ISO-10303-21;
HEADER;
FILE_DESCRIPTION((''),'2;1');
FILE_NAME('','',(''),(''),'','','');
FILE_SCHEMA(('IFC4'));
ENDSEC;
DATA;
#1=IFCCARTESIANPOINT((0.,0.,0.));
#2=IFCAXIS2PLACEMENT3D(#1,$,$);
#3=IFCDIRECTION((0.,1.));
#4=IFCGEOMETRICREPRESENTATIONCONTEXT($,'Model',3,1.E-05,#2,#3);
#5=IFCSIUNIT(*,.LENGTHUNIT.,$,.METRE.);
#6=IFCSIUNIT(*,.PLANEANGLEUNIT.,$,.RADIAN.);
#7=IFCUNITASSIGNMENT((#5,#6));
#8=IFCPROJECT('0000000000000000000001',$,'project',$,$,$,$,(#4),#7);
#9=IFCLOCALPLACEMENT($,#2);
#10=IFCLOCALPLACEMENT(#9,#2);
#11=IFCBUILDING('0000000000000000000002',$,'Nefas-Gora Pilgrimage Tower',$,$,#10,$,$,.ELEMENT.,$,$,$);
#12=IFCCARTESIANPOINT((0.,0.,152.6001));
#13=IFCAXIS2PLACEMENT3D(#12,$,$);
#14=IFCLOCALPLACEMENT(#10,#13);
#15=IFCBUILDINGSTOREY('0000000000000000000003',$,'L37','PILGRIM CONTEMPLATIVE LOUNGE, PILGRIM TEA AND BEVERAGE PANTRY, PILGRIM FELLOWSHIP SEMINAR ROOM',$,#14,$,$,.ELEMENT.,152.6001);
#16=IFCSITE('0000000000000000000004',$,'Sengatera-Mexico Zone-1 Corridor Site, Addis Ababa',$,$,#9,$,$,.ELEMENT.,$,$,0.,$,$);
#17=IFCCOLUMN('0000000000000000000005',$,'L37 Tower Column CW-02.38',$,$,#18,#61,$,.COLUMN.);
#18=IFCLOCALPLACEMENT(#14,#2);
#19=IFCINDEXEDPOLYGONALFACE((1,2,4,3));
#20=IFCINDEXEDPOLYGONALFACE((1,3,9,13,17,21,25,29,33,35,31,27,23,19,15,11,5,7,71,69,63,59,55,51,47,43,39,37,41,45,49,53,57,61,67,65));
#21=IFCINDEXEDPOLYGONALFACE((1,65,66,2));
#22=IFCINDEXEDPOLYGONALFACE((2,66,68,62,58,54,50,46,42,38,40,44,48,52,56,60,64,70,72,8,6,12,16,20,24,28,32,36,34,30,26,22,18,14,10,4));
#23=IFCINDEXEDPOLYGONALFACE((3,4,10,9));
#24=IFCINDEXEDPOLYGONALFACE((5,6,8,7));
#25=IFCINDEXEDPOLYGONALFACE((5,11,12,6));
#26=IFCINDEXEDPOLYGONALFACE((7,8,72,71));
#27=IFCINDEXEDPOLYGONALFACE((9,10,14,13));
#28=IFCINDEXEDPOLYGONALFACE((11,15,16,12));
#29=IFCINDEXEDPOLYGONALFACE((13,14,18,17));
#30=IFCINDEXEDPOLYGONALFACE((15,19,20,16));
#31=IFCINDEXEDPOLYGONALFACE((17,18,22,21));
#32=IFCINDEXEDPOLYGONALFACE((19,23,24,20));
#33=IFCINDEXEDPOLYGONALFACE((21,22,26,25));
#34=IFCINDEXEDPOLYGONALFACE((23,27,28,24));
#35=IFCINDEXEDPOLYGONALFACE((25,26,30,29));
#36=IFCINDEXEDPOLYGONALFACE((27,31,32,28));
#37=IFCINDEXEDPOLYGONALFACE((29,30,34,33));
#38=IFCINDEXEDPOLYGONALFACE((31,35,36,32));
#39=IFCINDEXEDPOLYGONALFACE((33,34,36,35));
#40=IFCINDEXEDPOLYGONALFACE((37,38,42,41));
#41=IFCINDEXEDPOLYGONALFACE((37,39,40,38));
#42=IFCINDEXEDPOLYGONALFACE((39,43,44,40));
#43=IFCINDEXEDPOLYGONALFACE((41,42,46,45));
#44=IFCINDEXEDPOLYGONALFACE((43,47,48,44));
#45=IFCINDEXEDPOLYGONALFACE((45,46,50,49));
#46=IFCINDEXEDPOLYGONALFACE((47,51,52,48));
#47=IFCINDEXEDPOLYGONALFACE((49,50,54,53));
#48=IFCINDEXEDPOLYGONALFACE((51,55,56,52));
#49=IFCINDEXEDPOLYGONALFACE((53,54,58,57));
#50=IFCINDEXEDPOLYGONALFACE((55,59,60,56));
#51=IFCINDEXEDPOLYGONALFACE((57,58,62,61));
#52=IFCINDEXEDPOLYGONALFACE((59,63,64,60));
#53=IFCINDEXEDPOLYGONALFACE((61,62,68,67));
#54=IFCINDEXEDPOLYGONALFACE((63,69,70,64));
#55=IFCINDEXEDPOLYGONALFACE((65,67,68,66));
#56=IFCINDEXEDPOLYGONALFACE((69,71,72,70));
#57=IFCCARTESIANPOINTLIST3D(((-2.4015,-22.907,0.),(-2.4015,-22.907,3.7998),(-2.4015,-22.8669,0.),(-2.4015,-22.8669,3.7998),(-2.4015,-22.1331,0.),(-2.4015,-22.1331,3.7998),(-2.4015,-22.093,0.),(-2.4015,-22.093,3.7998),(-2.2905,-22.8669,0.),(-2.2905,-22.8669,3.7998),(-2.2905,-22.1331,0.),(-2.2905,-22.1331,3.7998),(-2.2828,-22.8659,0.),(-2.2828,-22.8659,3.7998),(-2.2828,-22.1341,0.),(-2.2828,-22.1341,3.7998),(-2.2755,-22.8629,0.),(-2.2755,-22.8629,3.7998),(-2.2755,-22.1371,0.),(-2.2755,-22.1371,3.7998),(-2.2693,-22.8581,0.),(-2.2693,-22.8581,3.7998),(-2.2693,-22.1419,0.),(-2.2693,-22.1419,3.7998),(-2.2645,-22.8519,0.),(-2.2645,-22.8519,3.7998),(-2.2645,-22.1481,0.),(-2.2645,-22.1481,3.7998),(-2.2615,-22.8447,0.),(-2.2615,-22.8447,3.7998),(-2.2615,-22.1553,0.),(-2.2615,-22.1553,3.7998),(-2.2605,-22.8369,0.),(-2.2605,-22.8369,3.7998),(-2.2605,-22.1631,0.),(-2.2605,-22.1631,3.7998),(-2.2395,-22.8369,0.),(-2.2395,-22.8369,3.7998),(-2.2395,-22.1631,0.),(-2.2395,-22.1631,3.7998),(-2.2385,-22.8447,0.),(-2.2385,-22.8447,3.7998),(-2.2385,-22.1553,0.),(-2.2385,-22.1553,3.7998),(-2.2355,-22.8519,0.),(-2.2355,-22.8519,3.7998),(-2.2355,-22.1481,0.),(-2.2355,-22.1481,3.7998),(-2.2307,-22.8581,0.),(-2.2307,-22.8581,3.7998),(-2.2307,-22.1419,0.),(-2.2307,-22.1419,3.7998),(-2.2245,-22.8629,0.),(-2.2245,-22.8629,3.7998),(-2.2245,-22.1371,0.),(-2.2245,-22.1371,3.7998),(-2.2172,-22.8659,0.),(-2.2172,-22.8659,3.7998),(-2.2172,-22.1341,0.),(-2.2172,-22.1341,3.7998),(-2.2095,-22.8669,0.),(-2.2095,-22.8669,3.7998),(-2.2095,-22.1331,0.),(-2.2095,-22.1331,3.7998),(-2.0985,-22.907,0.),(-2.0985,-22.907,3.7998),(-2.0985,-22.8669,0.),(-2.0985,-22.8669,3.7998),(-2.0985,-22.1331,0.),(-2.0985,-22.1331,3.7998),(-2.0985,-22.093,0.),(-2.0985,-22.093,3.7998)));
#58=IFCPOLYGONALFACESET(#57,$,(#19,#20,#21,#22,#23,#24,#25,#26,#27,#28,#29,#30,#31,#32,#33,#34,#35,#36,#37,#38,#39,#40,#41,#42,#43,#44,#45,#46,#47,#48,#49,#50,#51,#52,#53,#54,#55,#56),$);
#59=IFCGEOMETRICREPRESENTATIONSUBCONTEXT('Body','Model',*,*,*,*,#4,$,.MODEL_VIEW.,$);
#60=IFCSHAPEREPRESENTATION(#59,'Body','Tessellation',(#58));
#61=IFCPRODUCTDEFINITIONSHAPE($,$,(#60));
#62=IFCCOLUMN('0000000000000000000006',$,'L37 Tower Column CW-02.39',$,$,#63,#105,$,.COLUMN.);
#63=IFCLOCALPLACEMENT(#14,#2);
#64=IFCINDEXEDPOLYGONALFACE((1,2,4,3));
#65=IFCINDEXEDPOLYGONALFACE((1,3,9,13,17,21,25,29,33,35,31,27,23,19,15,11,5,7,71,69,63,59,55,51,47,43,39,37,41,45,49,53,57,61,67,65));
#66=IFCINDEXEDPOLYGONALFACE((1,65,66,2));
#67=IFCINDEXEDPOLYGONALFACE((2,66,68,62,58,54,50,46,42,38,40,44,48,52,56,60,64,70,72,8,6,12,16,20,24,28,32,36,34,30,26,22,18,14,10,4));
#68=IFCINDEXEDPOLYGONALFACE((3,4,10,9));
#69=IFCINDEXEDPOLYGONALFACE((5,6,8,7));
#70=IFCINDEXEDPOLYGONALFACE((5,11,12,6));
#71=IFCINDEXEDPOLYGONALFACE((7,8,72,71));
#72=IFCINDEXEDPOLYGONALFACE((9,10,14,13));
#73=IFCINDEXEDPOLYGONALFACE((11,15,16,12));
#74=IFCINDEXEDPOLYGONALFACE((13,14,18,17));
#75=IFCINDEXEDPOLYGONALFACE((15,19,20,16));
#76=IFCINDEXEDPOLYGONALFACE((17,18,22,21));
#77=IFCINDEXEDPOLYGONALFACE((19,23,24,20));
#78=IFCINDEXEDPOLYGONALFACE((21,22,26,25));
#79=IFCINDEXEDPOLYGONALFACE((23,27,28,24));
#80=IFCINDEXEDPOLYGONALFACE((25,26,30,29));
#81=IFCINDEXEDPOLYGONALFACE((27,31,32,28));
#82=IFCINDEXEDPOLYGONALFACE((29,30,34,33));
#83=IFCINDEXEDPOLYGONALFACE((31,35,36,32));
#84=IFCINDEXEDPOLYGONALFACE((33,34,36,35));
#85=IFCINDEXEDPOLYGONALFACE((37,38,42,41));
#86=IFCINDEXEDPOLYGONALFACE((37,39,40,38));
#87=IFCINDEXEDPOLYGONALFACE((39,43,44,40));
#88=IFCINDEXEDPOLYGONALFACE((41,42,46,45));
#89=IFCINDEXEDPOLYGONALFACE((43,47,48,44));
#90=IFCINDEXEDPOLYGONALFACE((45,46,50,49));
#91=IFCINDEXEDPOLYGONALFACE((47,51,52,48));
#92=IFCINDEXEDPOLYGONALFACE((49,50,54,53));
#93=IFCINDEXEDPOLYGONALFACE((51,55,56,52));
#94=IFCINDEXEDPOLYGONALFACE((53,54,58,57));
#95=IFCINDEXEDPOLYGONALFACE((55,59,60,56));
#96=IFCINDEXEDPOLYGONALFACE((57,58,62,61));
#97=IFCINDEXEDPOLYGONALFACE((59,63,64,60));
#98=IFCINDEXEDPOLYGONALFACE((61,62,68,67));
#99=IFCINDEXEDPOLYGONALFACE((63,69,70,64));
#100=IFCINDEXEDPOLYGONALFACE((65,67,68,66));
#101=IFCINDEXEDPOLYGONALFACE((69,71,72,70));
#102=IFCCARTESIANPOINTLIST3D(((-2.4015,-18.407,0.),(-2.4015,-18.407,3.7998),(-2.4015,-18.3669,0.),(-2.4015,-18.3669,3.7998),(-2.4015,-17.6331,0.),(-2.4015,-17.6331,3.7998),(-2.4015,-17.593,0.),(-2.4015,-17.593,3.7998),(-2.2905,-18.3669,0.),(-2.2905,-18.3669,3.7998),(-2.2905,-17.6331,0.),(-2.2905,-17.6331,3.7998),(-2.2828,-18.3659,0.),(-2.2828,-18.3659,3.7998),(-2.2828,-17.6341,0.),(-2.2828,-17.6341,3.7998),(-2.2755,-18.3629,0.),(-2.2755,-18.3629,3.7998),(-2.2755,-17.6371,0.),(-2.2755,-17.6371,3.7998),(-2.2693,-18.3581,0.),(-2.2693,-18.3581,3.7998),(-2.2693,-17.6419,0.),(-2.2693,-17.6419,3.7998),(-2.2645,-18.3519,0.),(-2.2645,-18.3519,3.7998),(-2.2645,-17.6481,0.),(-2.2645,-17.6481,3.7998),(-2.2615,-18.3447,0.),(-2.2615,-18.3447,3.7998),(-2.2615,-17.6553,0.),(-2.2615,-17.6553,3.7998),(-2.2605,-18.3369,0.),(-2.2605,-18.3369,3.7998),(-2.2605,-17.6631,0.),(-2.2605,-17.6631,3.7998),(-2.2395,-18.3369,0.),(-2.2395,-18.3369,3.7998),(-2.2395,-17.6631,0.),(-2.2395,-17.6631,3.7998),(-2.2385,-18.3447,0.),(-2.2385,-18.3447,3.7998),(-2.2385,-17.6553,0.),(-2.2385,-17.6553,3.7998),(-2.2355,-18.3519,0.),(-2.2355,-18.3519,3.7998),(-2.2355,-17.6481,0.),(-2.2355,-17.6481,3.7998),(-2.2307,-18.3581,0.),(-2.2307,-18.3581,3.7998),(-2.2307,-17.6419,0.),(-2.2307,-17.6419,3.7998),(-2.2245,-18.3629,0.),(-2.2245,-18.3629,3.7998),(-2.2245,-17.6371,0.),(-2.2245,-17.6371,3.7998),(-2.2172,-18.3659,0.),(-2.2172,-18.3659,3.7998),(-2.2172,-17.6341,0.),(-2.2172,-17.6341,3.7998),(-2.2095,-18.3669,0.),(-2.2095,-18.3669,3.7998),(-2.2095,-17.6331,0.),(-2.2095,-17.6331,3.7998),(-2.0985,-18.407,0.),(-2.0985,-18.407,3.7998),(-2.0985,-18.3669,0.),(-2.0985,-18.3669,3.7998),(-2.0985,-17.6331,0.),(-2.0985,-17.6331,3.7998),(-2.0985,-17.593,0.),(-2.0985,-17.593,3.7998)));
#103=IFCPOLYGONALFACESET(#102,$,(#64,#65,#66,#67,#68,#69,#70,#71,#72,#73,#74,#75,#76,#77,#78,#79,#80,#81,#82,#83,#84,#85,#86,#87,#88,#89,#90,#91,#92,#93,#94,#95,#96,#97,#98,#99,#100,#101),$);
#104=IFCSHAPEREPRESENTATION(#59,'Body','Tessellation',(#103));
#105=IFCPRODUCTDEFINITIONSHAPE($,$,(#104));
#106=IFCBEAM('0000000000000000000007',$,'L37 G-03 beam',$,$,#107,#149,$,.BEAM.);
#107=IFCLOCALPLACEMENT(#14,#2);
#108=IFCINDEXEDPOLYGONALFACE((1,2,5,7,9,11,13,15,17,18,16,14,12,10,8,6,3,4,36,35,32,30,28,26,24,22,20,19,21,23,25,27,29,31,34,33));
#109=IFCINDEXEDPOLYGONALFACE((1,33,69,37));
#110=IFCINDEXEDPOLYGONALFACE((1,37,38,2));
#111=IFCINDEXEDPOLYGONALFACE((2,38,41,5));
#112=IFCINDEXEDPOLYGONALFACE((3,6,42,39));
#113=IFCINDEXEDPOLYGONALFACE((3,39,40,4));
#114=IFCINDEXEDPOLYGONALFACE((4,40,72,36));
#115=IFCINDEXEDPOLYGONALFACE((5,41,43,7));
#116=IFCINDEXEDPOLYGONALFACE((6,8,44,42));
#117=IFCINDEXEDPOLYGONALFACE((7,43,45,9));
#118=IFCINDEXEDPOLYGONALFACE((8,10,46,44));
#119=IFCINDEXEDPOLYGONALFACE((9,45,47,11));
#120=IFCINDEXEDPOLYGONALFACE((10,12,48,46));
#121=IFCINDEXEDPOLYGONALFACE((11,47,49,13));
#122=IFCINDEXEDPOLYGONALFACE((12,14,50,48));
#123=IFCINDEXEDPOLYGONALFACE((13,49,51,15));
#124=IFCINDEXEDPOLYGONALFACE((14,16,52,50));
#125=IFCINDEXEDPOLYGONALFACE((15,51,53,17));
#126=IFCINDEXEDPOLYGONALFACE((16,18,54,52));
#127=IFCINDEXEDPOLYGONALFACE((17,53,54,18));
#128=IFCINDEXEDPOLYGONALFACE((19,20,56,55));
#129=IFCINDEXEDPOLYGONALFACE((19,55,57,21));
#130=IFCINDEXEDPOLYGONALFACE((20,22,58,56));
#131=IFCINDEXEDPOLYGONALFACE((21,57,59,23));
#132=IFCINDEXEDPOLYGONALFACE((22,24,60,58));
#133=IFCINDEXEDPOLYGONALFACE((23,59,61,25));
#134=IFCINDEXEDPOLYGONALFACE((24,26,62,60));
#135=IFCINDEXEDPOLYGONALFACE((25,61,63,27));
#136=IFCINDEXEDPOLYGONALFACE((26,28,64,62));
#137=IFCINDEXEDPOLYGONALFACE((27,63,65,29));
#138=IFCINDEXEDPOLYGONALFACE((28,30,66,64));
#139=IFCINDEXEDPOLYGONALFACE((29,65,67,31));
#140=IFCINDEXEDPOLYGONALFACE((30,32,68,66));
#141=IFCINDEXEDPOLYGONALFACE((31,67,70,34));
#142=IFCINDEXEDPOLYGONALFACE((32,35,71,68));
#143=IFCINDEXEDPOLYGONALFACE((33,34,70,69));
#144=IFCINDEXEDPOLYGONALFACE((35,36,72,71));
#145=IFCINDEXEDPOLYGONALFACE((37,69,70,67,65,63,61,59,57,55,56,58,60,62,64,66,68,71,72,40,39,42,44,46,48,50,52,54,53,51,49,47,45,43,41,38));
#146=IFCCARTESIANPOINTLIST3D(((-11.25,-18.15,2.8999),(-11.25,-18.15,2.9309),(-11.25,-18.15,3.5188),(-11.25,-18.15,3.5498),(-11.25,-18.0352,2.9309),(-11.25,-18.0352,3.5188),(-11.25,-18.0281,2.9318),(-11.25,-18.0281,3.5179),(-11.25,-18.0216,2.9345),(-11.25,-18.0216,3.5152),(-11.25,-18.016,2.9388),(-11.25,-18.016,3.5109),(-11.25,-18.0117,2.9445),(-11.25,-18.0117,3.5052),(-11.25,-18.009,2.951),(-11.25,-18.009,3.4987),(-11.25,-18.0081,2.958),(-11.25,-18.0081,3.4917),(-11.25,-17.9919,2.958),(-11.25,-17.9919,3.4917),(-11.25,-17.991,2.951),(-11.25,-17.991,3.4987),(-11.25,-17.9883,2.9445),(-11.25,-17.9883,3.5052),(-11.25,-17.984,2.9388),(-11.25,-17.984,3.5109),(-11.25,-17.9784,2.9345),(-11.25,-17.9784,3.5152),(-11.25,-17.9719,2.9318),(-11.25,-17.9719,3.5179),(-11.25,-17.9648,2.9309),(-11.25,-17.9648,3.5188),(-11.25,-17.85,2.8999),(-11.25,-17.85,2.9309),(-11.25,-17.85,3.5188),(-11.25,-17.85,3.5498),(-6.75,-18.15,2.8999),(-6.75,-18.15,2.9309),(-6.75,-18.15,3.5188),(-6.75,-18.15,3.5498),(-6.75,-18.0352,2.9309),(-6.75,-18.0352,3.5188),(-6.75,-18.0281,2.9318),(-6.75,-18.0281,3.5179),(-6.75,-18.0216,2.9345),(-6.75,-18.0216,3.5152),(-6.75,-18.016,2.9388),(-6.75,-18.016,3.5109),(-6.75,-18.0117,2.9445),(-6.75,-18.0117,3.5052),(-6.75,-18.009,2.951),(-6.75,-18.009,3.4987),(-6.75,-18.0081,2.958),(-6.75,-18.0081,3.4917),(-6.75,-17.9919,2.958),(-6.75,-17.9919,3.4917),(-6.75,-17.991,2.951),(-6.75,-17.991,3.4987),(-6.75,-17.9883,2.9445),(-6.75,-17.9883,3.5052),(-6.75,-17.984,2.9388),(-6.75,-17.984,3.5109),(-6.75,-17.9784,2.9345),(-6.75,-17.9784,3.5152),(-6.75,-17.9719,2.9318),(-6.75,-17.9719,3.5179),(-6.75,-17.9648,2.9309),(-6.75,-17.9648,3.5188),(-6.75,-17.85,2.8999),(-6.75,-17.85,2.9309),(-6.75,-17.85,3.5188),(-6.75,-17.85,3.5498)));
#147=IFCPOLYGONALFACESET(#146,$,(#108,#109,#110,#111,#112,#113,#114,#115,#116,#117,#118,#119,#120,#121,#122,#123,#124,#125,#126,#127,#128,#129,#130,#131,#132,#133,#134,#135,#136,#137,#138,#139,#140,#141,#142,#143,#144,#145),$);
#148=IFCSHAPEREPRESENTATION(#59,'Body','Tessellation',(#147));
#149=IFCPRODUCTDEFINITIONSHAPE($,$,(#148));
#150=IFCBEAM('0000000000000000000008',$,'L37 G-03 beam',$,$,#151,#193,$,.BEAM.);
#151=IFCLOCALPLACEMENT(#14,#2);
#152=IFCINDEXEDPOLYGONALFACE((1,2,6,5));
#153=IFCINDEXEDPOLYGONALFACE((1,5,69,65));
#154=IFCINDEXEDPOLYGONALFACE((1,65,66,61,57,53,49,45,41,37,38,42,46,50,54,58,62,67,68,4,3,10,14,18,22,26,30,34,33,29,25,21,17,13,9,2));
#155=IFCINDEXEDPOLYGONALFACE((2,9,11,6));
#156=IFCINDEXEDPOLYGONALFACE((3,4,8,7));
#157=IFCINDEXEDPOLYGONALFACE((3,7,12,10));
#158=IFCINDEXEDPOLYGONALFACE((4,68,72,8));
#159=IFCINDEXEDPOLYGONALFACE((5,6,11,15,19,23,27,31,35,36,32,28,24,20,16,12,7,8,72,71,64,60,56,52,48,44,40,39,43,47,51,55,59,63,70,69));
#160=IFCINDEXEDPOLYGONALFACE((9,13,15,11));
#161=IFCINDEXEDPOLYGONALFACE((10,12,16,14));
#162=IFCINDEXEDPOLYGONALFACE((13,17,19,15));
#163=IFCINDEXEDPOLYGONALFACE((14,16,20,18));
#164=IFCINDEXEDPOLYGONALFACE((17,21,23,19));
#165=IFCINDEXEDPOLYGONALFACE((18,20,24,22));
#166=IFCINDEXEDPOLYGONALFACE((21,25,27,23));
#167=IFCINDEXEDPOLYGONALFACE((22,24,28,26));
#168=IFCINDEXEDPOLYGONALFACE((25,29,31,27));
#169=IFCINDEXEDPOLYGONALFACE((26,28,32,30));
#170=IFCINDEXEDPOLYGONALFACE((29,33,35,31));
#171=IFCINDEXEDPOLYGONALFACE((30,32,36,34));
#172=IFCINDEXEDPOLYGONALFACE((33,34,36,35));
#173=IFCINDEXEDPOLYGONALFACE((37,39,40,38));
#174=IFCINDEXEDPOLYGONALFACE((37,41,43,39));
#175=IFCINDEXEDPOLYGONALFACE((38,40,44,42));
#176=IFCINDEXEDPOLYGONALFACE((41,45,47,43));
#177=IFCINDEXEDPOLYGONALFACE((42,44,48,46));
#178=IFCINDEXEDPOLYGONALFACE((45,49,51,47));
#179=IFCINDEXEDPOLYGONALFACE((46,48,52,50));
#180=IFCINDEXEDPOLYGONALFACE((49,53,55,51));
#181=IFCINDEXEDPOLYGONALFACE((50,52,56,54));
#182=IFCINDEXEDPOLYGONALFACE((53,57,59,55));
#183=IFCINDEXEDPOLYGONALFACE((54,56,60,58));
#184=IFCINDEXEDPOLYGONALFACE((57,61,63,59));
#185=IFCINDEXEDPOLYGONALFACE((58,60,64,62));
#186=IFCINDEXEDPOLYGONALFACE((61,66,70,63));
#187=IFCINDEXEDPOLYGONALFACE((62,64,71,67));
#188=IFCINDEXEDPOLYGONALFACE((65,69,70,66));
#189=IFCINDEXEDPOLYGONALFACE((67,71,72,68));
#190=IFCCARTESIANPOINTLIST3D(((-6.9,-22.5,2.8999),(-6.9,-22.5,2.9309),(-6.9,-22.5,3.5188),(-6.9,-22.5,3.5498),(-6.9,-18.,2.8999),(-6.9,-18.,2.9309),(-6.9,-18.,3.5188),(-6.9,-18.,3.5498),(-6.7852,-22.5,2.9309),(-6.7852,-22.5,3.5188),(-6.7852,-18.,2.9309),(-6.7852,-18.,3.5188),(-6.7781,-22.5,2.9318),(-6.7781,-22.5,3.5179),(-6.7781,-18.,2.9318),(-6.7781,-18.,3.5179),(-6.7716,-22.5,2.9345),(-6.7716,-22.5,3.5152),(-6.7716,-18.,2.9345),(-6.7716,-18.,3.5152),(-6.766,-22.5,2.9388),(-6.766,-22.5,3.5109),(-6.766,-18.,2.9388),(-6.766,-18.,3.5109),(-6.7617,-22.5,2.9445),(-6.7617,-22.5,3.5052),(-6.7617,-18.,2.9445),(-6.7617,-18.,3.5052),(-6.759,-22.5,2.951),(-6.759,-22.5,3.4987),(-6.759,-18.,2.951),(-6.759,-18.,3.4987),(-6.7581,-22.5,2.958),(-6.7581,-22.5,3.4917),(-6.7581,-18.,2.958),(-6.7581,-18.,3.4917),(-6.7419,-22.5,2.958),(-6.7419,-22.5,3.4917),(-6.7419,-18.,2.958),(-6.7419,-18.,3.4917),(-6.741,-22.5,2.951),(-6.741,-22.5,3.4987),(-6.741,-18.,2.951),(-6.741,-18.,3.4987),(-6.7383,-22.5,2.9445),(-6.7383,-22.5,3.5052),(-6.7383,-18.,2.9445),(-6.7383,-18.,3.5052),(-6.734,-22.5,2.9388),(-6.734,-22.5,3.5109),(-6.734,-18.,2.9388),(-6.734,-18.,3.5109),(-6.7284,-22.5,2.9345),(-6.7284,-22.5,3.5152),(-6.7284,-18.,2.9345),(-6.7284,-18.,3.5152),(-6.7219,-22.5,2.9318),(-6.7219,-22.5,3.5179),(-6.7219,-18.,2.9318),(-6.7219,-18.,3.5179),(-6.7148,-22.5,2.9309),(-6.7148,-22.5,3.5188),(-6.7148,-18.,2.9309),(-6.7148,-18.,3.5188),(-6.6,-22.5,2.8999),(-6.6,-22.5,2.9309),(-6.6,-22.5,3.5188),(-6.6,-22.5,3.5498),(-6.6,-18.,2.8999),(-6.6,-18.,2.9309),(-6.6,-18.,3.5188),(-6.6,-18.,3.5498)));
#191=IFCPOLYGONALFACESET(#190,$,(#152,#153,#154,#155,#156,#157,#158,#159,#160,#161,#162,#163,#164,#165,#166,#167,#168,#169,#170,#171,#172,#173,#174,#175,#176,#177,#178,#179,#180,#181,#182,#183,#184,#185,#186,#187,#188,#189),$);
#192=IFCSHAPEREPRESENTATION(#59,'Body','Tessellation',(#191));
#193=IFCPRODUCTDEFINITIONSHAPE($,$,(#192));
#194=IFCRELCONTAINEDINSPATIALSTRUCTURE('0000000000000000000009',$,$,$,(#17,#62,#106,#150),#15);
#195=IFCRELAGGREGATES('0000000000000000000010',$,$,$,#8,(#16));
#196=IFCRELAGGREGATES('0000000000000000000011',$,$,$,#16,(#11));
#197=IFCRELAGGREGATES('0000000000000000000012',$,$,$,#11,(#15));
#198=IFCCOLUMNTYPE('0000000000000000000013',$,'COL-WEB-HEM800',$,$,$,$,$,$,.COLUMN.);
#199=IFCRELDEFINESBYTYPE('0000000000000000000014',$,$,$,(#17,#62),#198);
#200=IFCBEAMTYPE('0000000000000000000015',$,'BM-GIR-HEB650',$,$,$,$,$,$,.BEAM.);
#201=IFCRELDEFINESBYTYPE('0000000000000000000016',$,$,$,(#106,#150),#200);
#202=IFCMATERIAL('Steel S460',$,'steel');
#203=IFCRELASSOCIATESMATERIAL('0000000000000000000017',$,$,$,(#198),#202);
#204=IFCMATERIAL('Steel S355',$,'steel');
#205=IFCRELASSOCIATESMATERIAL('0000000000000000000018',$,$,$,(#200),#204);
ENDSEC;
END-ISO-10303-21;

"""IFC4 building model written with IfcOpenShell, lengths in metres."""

from ifc_helpers import new_model, si_unit, direction, frame, origin, origin_2d, place, context, subcontext, project, spatial, i_section, extrude, source, transform, mapped, material, material_profile, profile_set, type_object, element, save


model = new_model("IFC4")

# Units and contexts
model_context = context("Model", 3, precision=1e-05, world=origin(), true_north=direction((0.0, 1.0)))
body_context = subcontext(model_context, "Body", "Model", "MODEL_VIEW")
ifc_project = project(units=[si_unit("LENGTHUNIT", "METRE"), si_unit("PLANEANGLEUNIT", "RADIAN")], contexts=[model_context])

# Site, building, storey
site_placement = place(None, origin())
site = spatial("IfcSite", under=ifc_project, at=site_placement, Name="Sengatera-Mexico Zone-1 Corridor Site, Addis Ababa", CompositionType="ELEMENT", RefElevation=0.0)
building_placement = place(site_placement, origin())
building = spatial("IfcBuilding", under=site, at=building_placement, Name="Nefas-Gora Pilgrimage Tower", CompositionType="ELEMENT")
storey_placement = place(building_placement, frame((0.0, 0.0, 152.6001)))
storey = spatial("IfcBuildingStorey", under=building, at=storey_placement, Name="L37", Description="PILGRIM CONTEMPLATIVE LOUNGE, PILGRIM TEA AND BEVERAGE PANTRY, PILGRIM FELLOWSHIP SEMINAR ROOM", CompositionType="ELEMENT", Elevation=152.6001)

# Columns
ifc_material_1 = material(Name="Steel S460", Category="steel")
ifc_material_profile_1 = material_profile(ifc_material_1, i_section(OverallWidth=0.303, OverallDepth=0.814, WebThickness=0.021, FlangeThickness=0.04, FilletRadius=0.03, at=origin_2d()), Name="HEM 800")
ifc_profile_set_1 = profile_set([ifc_material_profile_1], Name="Steel S460")
column_type_1 = type_object("IfcColumnType", Name="COL-WEB-HEM800", PredefinedType="COLUMN", material=ifc_profile_set_1)
shared_shape_1 = source(origin(), body_context, "Body", "SweptSolid", [
    extrude(i_section(OverallWidth=0.303, OverallDepth=0.814, WebThickness=0.021, FlangeThickness=0.04, FilletRadius=0.03, at=origin_2d()), origin(), (0.0, 0.0, 1.0), 3.7998),
])
for number, where, z_axis, x_axis, name in (
    (1, (-2.25, -22.5, 0.0), (0.0, 0.0, 1.0), (1.0, 0.0, 0.0), "L37 Tower Column CW-02.38"),
    (2, (-2.25, -18.0, 0.0), (0.0, 0.0, 1.0), (1.0, 0.0, 0.0), "L37 Tower Column CW-02.39"),
):
    element("IfcColumn", number, at=place(storey_placement, frame(where, z_axis=z_axis, x_axis=x_axis)), inside=storey, type_object=column_type_1, Name=name, PredefinedType="COLUMN", context=body_context, shape_type="MappedRepresentation", body=[
        mapped(shared_shape_1, transform((0.0, 0.0, 0.0), x_axis=(1.0, 0.0, 0.0), y_axis=(0.0, 1.0, 0.0), z_axis=(0.0, 0.0, 1.0), scale=1.0)),
    ])

# Beams
ifc_material_2 = material(Name="Steel S355", Category="steel")
ifc_material_profile_2 = material_profile(ifc_material_2, i_section(OverallWidth=0.3, OverallDepth=0.6499, WebThickness=0.0161, FlangeThickness=0.031, FilletRadius=0.0271, at=origin_2d()), Name="HEB 650")
ifc_profile_set_2 = profile_set([ifc_material_profile_2], Name="Steel S355")
beam_type = type_object("IfcBeamType", Name="BM-GIR-HEB650", PredefinedType="BEAM", material=ifc_profile_set_2)
shared_shape_2 = source(origin(), body_context, "Body", "SweptSolid", [
    extrude(i_section(OverallWidth=0.3, OverallDepth=0.6499, WebThickness=0.0161, FlangeThickness=0.031, FilletRadius=0.0271, at=origin_2d()), origin(), (0.0, 0.0, 1.0), 4.5),
])
for number, where, z_axis, x_axis, name in (
    (3, (-11.25, -18.0, 3.2249), (1.0, 0.0, 0.0), (0.0, 1.0, 0.0), "L37 G-03 beam"),
    (4, (-6.75, -22.5, 3.2249), (0.0, 1.0, 0.0), (-1.0, 0.0, 0.0), "L37 G-03 beam"),
):
    element("IfcBeam", number, at=place(storey_placement, frame(where, z_axis=z_axis, x_axis=x_axis)), inside=storey, type_object=beam_type, Name=name, PredefinedType="BEAM", context=body_context, shape_type="MappedRepresentation", body=[
        mapped(shared_shape_2, transform((0.0, 0.0, 0.0), x_axis=(1.0, 0.0, 0.0), y_axis=(0.0, 1.0, 0.0), z_axis=(0.0, 0.0, 1.0), scale=1.0)),
    ])

save(model, "model.ifc")
